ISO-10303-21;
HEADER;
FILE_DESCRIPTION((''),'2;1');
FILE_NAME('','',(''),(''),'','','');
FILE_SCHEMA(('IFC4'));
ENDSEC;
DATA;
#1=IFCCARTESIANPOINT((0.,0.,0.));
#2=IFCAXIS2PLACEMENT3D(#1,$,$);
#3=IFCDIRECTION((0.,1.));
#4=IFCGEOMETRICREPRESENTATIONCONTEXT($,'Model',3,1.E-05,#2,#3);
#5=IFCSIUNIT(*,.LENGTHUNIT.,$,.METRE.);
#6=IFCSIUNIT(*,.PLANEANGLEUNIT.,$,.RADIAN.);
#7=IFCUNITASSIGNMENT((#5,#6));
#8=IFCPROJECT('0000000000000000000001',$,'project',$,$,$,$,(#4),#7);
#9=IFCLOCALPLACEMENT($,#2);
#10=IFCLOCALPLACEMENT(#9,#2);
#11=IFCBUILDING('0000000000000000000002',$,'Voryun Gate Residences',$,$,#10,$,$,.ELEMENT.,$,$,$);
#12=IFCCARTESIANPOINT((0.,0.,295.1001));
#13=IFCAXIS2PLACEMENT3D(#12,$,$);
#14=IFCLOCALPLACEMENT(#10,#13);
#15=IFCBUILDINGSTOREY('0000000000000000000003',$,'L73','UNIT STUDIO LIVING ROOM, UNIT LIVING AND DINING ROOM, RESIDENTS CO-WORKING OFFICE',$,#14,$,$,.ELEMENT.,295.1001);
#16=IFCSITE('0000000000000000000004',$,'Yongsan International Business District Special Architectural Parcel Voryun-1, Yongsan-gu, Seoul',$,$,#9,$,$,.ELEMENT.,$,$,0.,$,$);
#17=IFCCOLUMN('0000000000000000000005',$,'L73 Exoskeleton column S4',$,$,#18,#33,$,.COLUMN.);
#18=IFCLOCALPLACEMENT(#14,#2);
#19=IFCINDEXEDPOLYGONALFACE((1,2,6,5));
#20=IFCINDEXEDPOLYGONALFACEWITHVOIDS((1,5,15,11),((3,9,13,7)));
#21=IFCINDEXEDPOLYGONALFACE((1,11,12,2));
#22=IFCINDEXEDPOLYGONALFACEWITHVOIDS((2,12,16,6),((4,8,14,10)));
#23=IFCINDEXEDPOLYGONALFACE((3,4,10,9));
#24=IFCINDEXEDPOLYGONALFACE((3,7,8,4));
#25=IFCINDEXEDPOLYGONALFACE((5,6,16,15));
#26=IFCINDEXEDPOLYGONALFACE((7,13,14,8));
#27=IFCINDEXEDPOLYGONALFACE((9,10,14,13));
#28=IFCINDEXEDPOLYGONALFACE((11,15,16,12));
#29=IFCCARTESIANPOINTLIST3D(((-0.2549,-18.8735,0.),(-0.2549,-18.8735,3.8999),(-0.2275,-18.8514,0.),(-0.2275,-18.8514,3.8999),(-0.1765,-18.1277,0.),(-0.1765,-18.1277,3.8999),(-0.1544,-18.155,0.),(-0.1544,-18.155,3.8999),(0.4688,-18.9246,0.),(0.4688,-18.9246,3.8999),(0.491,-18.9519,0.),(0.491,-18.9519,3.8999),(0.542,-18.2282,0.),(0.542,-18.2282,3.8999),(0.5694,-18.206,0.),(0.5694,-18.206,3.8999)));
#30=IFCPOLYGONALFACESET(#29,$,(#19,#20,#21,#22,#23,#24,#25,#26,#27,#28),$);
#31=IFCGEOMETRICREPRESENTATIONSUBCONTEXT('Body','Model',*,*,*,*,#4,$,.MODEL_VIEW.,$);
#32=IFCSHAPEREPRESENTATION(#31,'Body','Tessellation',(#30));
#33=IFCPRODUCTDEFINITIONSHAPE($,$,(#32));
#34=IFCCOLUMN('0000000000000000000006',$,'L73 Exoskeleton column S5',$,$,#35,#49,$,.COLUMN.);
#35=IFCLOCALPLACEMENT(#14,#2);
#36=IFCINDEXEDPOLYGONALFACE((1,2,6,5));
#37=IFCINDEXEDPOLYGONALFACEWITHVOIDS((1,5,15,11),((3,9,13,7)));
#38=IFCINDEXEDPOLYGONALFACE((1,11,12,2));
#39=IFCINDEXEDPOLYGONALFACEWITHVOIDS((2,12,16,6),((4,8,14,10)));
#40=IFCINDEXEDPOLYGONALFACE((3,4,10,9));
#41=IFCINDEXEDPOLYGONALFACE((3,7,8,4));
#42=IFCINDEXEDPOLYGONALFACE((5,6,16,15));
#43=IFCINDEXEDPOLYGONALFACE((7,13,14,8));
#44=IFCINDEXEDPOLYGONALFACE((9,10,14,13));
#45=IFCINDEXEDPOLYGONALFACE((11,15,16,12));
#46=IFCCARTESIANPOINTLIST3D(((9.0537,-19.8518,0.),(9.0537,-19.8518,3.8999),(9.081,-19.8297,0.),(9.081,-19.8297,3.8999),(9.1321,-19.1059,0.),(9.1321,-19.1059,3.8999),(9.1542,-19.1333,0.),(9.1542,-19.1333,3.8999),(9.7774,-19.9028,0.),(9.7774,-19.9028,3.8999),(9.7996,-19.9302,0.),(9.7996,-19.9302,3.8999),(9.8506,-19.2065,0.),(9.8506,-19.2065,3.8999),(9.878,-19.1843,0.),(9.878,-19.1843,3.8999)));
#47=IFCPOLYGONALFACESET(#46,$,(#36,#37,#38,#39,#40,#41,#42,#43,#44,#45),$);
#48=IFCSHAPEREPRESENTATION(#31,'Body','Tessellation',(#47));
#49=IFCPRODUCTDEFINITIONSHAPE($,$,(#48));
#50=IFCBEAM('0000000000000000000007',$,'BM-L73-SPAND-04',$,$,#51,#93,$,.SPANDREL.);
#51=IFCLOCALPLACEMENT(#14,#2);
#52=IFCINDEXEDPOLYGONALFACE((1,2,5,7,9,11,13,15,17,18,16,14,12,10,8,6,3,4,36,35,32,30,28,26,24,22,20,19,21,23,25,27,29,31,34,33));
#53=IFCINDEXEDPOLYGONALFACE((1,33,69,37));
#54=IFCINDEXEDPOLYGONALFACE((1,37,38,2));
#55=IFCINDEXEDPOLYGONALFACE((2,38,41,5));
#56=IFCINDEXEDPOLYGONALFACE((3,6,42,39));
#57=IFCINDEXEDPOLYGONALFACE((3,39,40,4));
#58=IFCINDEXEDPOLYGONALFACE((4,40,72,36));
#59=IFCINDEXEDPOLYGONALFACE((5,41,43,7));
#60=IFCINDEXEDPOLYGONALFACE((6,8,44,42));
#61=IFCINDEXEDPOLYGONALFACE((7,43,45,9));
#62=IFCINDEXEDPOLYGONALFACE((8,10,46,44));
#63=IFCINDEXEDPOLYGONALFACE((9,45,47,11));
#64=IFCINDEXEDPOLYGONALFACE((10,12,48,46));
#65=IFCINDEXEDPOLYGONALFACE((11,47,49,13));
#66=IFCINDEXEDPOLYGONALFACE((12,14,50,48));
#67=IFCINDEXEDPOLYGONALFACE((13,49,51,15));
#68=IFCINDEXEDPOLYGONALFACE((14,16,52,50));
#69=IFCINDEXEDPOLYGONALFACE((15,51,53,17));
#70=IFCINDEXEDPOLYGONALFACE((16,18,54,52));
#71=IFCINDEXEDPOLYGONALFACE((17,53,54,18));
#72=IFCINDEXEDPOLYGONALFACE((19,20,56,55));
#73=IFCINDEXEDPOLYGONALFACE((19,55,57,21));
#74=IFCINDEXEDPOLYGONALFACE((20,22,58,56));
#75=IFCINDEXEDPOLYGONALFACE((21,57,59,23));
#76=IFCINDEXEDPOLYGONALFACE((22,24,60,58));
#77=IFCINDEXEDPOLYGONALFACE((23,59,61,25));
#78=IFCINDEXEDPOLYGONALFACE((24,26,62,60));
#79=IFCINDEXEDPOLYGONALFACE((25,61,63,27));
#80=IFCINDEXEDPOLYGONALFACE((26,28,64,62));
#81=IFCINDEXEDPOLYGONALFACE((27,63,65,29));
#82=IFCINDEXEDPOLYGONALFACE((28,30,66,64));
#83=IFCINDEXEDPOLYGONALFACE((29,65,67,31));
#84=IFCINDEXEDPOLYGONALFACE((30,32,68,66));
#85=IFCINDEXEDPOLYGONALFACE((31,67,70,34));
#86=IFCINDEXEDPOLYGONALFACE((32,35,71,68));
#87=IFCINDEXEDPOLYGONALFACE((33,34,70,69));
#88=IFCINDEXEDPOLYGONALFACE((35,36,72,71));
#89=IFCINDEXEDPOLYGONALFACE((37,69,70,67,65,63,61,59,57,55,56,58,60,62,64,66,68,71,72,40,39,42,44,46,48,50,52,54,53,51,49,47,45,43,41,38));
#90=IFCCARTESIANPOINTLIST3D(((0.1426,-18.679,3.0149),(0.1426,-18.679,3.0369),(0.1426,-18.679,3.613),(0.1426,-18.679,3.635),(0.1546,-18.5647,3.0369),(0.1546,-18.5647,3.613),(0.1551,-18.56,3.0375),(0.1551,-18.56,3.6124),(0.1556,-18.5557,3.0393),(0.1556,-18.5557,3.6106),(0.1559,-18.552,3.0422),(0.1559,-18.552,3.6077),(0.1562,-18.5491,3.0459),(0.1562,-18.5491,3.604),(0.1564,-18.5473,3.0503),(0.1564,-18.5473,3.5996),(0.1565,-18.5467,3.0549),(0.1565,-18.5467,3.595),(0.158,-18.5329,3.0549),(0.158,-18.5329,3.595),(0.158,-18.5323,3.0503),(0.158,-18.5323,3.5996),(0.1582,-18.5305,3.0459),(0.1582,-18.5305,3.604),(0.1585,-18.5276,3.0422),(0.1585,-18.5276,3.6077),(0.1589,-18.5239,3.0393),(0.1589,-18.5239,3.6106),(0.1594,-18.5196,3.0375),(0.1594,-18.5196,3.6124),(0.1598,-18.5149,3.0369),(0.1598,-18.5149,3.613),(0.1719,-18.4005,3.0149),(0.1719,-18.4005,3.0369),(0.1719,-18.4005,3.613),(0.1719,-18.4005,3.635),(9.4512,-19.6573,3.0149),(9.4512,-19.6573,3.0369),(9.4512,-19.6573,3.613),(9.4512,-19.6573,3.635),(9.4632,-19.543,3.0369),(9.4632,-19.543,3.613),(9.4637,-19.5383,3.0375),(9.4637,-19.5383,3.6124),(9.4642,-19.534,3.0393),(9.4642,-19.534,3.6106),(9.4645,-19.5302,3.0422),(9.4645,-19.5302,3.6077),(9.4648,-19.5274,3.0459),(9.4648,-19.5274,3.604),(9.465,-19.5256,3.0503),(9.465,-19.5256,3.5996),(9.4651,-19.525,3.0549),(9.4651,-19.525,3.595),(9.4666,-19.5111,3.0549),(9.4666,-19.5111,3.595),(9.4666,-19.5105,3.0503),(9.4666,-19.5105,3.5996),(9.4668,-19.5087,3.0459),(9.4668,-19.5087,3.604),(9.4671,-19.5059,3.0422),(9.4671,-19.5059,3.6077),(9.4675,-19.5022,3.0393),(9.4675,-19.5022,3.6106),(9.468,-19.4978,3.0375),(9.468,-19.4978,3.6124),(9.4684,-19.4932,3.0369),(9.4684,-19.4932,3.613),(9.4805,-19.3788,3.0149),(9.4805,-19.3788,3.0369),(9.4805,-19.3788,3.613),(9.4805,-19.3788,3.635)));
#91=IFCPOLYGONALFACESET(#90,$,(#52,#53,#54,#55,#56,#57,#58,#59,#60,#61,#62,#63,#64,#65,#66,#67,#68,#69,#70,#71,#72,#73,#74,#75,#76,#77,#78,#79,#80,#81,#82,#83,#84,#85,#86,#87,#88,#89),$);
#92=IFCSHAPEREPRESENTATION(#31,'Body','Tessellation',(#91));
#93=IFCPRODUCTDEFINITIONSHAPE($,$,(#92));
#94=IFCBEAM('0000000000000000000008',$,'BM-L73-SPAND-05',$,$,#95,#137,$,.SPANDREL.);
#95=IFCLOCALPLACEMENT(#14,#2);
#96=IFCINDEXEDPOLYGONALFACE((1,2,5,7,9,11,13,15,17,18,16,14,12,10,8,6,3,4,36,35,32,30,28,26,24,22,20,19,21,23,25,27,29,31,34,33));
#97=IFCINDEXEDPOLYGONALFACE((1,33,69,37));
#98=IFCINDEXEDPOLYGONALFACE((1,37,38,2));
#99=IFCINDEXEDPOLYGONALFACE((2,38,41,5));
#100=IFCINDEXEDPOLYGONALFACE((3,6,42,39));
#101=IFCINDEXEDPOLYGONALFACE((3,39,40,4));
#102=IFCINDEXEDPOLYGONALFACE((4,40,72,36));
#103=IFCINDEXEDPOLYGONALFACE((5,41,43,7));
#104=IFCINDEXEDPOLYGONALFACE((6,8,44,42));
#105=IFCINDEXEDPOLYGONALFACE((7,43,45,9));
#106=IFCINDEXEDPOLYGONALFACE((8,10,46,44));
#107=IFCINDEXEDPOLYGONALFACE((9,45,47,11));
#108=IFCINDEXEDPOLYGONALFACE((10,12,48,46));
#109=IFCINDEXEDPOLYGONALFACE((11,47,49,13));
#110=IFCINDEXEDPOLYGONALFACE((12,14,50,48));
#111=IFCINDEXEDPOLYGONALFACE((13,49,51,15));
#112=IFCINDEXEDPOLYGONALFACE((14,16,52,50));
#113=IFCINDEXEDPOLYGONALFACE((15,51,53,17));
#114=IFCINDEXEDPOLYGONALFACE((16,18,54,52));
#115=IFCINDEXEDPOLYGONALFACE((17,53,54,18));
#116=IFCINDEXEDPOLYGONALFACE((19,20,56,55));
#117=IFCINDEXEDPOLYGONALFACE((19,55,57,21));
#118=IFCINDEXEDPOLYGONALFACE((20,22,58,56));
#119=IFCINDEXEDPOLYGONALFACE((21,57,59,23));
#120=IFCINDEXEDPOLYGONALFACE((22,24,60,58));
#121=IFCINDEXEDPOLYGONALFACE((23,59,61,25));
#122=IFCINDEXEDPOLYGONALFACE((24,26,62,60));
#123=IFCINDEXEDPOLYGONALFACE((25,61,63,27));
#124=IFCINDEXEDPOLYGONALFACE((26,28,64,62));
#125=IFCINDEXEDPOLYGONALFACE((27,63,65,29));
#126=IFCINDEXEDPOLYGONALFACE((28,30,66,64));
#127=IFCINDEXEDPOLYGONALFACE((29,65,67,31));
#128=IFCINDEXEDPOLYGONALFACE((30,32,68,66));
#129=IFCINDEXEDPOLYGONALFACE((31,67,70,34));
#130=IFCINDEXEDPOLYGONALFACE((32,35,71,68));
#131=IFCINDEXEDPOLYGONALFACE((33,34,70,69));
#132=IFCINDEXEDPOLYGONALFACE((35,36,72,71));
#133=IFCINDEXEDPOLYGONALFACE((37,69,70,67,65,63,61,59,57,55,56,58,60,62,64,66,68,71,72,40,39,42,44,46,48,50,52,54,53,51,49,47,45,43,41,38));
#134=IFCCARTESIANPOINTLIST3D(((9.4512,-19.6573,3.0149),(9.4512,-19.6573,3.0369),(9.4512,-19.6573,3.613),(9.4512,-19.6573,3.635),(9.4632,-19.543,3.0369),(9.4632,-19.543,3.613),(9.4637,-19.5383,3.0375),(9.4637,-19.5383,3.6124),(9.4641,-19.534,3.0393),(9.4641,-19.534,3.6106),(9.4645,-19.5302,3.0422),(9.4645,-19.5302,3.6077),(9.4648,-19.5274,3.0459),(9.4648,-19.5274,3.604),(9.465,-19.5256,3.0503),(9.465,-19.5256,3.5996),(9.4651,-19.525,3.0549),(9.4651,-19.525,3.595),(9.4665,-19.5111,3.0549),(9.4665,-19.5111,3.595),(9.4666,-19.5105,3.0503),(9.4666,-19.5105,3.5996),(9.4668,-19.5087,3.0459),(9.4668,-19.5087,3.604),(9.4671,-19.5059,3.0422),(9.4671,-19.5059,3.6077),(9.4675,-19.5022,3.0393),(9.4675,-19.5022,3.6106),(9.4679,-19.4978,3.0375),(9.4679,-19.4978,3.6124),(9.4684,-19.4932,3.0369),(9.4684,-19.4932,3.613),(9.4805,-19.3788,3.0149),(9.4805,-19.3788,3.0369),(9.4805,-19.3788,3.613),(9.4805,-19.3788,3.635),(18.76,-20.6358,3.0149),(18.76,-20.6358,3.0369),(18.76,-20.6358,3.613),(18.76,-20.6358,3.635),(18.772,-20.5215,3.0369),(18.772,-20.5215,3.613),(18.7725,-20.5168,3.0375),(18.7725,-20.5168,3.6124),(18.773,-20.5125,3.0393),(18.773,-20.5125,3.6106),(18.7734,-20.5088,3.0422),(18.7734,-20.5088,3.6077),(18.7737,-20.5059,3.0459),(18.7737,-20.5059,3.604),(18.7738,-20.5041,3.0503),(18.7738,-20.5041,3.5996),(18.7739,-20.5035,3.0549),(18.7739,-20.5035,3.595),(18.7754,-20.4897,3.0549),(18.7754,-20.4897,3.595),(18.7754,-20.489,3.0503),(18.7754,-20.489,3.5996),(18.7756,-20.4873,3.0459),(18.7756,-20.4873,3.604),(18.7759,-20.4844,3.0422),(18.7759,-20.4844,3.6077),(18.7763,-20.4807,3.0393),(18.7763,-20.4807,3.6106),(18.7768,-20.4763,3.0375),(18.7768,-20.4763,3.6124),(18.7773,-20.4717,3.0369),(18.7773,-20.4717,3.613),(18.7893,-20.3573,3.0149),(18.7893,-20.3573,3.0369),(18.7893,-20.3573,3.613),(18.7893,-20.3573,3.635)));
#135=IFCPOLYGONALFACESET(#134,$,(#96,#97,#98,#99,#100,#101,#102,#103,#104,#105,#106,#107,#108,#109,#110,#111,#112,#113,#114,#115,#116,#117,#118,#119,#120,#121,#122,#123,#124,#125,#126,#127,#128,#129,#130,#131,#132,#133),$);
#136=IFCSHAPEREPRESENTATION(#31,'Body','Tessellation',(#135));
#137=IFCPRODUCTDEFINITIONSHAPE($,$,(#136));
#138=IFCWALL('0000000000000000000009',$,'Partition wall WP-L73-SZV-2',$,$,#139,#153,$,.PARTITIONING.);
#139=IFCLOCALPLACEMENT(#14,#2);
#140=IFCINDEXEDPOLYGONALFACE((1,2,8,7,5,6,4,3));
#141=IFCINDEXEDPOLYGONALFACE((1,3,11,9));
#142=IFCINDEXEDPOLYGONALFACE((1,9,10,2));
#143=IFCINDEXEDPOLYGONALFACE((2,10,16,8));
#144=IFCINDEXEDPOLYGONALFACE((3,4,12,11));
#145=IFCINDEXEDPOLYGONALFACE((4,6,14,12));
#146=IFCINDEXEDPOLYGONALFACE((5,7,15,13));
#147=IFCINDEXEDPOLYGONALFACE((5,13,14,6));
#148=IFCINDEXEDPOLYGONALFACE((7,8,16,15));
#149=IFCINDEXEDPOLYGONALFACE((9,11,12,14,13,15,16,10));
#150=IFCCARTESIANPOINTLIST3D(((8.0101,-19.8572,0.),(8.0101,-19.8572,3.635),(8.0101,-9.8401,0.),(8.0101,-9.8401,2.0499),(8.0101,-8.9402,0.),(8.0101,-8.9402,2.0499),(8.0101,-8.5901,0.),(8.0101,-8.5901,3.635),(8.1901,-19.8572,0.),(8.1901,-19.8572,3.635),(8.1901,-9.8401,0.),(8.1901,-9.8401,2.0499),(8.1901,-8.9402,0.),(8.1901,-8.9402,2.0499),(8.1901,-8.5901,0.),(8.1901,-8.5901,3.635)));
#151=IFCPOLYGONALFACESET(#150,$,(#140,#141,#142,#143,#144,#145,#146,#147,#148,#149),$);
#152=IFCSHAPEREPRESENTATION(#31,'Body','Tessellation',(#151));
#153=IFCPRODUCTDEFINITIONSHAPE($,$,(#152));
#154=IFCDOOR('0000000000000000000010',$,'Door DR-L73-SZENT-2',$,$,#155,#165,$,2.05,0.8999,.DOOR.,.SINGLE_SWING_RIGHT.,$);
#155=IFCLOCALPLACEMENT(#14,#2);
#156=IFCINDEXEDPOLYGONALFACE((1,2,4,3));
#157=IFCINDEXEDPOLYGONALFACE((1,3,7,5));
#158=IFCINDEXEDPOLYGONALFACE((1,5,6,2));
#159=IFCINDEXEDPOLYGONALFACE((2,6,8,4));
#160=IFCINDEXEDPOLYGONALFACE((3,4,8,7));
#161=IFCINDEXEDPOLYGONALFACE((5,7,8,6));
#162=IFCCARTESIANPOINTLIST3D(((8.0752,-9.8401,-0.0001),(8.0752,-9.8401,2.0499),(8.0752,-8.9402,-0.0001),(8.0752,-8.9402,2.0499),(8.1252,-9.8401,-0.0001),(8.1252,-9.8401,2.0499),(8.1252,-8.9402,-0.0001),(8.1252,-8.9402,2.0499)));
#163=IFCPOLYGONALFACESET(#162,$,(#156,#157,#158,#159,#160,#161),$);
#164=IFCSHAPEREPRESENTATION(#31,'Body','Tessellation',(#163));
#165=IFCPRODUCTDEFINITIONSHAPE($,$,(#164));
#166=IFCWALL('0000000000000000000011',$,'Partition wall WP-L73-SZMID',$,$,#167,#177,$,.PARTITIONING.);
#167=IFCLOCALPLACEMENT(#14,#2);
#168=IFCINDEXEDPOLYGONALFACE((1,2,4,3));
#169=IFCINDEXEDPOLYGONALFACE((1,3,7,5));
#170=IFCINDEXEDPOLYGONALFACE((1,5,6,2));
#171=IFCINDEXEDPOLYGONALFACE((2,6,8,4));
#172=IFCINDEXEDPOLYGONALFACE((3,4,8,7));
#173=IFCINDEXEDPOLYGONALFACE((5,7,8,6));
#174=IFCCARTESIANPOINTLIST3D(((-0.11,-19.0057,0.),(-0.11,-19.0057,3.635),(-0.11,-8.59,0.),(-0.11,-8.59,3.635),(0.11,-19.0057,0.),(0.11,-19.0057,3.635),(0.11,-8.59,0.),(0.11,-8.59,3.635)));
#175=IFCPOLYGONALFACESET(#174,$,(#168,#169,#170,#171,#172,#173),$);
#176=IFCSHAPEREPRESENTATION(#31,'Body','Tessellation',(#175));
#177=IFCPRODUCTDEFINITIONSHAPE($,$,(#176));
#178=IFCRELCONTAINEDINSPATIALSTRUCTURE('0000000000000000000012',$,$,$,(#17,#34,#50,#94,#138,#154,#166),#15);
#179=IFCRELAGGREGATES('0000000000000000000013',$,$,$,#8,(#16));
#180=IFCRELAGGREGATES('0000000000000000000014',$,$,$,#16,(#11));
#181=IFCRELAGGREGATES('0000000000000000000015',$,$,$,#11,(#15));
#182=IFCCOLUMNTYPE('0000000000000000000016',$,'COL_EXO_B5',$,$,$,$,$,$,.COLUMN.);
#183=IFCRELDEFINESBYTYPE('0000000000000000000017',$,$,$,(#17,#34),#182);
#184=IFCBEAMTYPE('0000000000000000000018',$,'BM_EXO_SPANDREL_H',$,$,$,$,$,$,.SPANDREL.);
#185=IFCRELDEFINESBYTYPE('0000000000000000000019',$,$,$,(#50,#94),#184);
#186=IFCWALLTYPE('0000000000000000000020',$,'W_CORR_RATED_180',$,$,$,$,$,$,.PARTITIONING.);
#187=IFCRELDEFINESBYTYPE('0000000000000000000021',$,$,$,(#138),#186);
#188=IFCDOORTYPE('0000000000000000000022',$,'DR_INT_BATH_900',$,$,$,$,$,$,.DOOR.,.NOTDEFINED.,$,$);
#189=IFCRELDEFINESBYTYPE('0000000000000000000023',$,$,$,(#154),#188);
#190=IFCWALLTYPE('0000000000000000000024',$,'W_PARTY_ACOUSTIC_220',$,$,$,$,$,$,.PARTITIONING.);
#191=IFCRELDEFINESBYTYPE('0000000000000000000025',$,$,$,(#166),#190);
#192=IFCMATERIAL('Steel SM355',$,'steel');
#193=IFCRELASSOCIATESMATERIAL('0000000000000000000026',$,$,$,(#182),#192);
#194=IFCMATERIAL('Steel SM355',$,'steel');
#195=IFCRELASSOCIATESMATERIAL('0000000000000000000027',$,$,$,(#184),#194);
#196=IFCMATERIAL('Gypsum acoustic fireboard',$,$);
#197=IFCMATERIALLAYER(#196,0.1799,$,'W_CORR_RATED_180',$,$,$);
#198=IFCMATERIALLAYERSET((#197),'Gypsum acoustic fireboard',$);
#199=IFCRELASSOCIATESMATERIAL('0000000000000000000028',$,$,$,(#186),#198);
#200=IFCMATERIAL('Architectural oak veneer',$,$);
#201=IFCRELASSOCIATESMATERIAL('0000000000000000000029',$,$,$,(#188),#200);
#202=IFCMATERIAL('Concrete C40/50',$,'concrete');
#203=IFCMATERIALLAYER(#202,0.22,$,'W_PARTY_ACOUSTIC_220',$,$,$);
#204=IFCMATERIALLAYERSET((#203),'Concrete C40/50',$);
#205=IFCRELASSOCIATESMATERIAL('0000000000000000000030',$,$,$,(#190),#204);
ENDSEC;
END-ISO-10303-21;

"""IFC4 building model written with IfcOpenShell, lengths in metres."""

from ifc_helpers import new_model, si_unit, direction, frame, frame_2d, origin, origin_2d, place, context, subcontext, project, spatial, rectangle, hollow_rectangle, i_section, extrude, material, layer, layer_set, material_profile, profile_set, type_object, element, fill, save


model = new_model("IFC4")

# Units and contexts
model_context = context("Model", 3, precision=1e-05, world=origin(), true_north=direction((0.0, 1.0)))
body_context = subcontext(model_context, "Body", "Model", "MODEL_VIEW")
ifc_project = project(units=[si_unit("LENGTHUNIT", "METRE"), si_unit("PLANEANGLEUNIT", "RADIAN")], contexts=[model_context])

# Site, building, storey
site_placement = place(None, origin())
site = spatial("IfcSite", under=ifc_project, at=site_placement, Name="Yongsan International Business District Special Architectural Parcel Voryun-1, Yongsan-gu, Seoul", CompositionType="ELEMENT", RefElevation=0.0)
building_placement = place(site_placement, origin())
building = spatial("IfcBuilding", under=site, at=building_placement, Name="Voryun Gate Residences", CompositionType="ELEMENT")
storey_placement = place(building_placement, frame((0.0, 0.0, 295.1001)))
storey = spatial("IfcBuildingStorey", under=building, at=storey_placement, Name="L73", Description="UNIT STUDIO LIVING ROOM, UNIT LIVING AND DINING ROOM, RESIDENTS CO-WORKING OFFICE", CompositionType="ELEMENT", Elevation=295.1001)

# Columns
ifc_material_1 = material(Name="Steel SM355", Category="steel")
ifc_material_profile_1 = material_profile(ifc_material_1, hollow_rectangle(XDim=0.75, YDim=0.75, WallThickness=0.0249, at=origin_2d()), Name="BOX-750x750x25")
ifc_profile_set_1 = profile_set([ifc_material_profile_1], Name="Steel SM355")
column_type = type_object("IfcColumnType", Name="COL_EXO_B5", PredefinedType="COLUMN", material=ifc_profile_set_1)
for number, where, z_axis, x_axis, name in (
    (1, (0.1572, -18.5398, 0.0), (0.0, 0.0, 1.0), (0.994522, -0.104528, 0.0), "L73 Exoskeleton column S4"),
    (2, (9.4658, -19.5181, 0.0), (0.0, 0.0, 1.0), (0.994522, -0.104528, 0.0), "L73 Exoskeleton column S5"),
):
    element("IfcColumn", number, at=place(storey_placement, frame(where, z_axis=z_axis, x_axis=x_axis)), inside=storey, type_object=column_type, Name=name, PredefinedType="COLUMN", context=body_context, shape_type="SweptSolid", body=[
        extrude(hollow_rectangle(XDim=0.75, YDim=0.75, WallThickness=0.0249, at=origin_2d()), origin(), (0.0, 0.0, 1.0), 3.8999),
    ])

# Beams
ifc_material_2 = material(Name="Steel SM355", Category="steel")
ifc_material_profile_2 = material_profile(ifc_material_2, i_section(OverallWidth=0.28, OverallDepth=0.6201, WebThickness=0.0139, FlangeThickness=0.022, FilletRadius=0.0181, at=origin_2d()), Name="H-620x280x14x22")
ifc_profile_set_2 = profile_set([ifc_material_profile_2], Name="Steel SM355")
beam_type = type_object("IfcBeamType", Name="BM_EXO_SPANDREL_H", PredefinedType="SPANDREL", material=ifc_profile_set_2)
beam_1_placement = place(storey_placement, frame((0.1572, -18.5398, 3.325), z_axis=(0.994523, -0.104518, 0.0), x_axis=(0.104518, 0.994523, 0.0)))
element("IfcBeam", 3, at=beam_1_placement, inside=storey, type_object=beam_type, Name="BM-L73-SPAND-04", PredefinedType="SPANDREL", context=body_context, shape_type="SweptSolid", body=[
    extrude(i_section(OverallWidth=0.28, OverallDepth=0.6201, WebThickness=0.0139, FlangeThickness=0.022, FilletRadius=0.0181, at=origin_2d()), origin(), (0.0, 0.0, 1.0), 9.3599),
])
beam_2_placement = place(storey_placement, frame((9.4658, -19.5181, 3.325), z_axis=(0.994521, -0.104541, 0.0), x_axis=(0.104541, 0.994521, 0.0)))
element("IfcBeam", 4, at=beam_2_placement, inside=storey, type_object=beam_type, Name="BM-L73-SPAND-05", PredefinedType="SPANDREL", context=body_context, shape_type="SweptSolid", body=[
    extrude(i_section(OverallWidth=0.28, OverallDepth=0.6201, WebThickness=0.0139, FlangeThickness=0.022, FilletRadius=0.0181, at=origin_2d()), origin(), (0.0, 0.0, 1.0), 9.3601),
])

# Wall, opening, door
ifc_material_3 = material(Name="Gypsum acoustic fireboard")
ifc_layer_1 = layer(ifc_material_3, 0.1799, Name="W_CORR_RATED_180")
ifc_layer_set_1 = layer_set([ifc_layer_1], Name="Gypsum acoustic fireboard")
wall_type_1 = type_object("IfcWallType", Name="W_CORR_RATED_180", PredefinedType="PARTITIONING", material=ifc_layer_set_1)
wall_1_placement = place(storey_placement, frame((8.1001, -19.8572, 0.0), z_axis=(0.0, 0.0, 1.0), x_axis=(0.0, 1.0, 0.0)))
wall_1 = element("IfcWall", 5, at=wall_1_placement, inside=storey, type_object=wall_type_1, Name="Partition wall WP-L73-SZV-2", PredefinedType="PARTITIONING", context=body_context, shape_type="SweptSolid", body=[
    extrude(rectangle(XDim=11.2671, YDim=0.1799, at=frame_2d((5.6335, 0.0))), origin(), (0.0, 0.0, 1.0), 3.635),
])
opening_1_placement = place(wall_1_placement, frame((10.0171, 0.0, 0.0)))
opening_1 = element("IfcOpeningElement", 6, at=opening_1_placement, cuts=wall_1, PredefinedType="OPENING", context=body_context, shape_type="SweptSolid", body=[
    extrude(rectangle(XDim=0.8999, YDim=2.05, at=frame_2d((0.45, 1.0249))), frame((0.0, 0.0999, 0.0), z_axis=(0.0, -1.0, 0.0), x_axis=(1.0, 0.0, 0.0)), (0.0, 0.0, 1.0), 0.2),
])
ifc_material_4 = material(Name="Architectural oak veneer")
door_type_1 = type_object("IfcDoorType", Name="DR_INT_BATH_900", OperationType="NOTDEFINED", PredefinedType="DOOR", material=ifc_material_4)
door_1_placement = place(opening_1_placement, origin())
door_1 = element("IfcDoor", 7, at=door_1_placement, inside=storey, type_object=door_type_1, Name="Door DR-L73-SZENT-2", OperationType="SINGLE_SWING_RIGHT", OverallHeight=2.05, OverallWidth=0.8999, PredefinedType="DOOR", context=body_context, shape_type="SweptSolid", body=[
    extrude(rectangle(XDim=0.8999, YDim=2.05, at=frame_2d((0.45, 1.0249))), frame((0.0, 0.0249, 0.0), z_axis=(0.0, -1.0, 0.0), x_axis=(1.0, 0.0, 0.0)), (0.0, 0.0, 1.0), 0.05),
])
fill(opening_1, door_1)

# Wall
ifc_material_5 = material(Name="Concrete C40/50", Category="concrete")
ifc_layer_2 = layer(ifc_material_5, 0.22, Name="W_PARTY_ACOUSTIC_220")
ifc_layer_set_2 = layer_set([ifc_layer_2], Name="Concrete C40/50")
wall_type_2 = type_object("IfcWallType", Name="W_PARTY_ACOUSTIC_220", PredefinedType="PARTITIONING", material=ifc_layer_set_2)
wall_2_placement = place(storey_placement, frame((0.0, -19.0059, 0.0), z_axis=(0.0, 0.0, 1.0), x_axis=(0.0, 1.0, 0.0)))
element("IfcWall", 8, at=wall_2_placement, inside=storey, type_object=wall_type_2, Name="Partition wall WP-L73-SZMID", PredefinedType="PARTITIONING", context=body_context, shape_type="SweptSolid", body=[
    extrude(rectangle(XDim=10.4158, YDim=0.22, at=frame_2d((5.208, 0.0))), origin(), (0.0, 0.0, 1.0), 3.635),
])

save(model, "model.ifc")
